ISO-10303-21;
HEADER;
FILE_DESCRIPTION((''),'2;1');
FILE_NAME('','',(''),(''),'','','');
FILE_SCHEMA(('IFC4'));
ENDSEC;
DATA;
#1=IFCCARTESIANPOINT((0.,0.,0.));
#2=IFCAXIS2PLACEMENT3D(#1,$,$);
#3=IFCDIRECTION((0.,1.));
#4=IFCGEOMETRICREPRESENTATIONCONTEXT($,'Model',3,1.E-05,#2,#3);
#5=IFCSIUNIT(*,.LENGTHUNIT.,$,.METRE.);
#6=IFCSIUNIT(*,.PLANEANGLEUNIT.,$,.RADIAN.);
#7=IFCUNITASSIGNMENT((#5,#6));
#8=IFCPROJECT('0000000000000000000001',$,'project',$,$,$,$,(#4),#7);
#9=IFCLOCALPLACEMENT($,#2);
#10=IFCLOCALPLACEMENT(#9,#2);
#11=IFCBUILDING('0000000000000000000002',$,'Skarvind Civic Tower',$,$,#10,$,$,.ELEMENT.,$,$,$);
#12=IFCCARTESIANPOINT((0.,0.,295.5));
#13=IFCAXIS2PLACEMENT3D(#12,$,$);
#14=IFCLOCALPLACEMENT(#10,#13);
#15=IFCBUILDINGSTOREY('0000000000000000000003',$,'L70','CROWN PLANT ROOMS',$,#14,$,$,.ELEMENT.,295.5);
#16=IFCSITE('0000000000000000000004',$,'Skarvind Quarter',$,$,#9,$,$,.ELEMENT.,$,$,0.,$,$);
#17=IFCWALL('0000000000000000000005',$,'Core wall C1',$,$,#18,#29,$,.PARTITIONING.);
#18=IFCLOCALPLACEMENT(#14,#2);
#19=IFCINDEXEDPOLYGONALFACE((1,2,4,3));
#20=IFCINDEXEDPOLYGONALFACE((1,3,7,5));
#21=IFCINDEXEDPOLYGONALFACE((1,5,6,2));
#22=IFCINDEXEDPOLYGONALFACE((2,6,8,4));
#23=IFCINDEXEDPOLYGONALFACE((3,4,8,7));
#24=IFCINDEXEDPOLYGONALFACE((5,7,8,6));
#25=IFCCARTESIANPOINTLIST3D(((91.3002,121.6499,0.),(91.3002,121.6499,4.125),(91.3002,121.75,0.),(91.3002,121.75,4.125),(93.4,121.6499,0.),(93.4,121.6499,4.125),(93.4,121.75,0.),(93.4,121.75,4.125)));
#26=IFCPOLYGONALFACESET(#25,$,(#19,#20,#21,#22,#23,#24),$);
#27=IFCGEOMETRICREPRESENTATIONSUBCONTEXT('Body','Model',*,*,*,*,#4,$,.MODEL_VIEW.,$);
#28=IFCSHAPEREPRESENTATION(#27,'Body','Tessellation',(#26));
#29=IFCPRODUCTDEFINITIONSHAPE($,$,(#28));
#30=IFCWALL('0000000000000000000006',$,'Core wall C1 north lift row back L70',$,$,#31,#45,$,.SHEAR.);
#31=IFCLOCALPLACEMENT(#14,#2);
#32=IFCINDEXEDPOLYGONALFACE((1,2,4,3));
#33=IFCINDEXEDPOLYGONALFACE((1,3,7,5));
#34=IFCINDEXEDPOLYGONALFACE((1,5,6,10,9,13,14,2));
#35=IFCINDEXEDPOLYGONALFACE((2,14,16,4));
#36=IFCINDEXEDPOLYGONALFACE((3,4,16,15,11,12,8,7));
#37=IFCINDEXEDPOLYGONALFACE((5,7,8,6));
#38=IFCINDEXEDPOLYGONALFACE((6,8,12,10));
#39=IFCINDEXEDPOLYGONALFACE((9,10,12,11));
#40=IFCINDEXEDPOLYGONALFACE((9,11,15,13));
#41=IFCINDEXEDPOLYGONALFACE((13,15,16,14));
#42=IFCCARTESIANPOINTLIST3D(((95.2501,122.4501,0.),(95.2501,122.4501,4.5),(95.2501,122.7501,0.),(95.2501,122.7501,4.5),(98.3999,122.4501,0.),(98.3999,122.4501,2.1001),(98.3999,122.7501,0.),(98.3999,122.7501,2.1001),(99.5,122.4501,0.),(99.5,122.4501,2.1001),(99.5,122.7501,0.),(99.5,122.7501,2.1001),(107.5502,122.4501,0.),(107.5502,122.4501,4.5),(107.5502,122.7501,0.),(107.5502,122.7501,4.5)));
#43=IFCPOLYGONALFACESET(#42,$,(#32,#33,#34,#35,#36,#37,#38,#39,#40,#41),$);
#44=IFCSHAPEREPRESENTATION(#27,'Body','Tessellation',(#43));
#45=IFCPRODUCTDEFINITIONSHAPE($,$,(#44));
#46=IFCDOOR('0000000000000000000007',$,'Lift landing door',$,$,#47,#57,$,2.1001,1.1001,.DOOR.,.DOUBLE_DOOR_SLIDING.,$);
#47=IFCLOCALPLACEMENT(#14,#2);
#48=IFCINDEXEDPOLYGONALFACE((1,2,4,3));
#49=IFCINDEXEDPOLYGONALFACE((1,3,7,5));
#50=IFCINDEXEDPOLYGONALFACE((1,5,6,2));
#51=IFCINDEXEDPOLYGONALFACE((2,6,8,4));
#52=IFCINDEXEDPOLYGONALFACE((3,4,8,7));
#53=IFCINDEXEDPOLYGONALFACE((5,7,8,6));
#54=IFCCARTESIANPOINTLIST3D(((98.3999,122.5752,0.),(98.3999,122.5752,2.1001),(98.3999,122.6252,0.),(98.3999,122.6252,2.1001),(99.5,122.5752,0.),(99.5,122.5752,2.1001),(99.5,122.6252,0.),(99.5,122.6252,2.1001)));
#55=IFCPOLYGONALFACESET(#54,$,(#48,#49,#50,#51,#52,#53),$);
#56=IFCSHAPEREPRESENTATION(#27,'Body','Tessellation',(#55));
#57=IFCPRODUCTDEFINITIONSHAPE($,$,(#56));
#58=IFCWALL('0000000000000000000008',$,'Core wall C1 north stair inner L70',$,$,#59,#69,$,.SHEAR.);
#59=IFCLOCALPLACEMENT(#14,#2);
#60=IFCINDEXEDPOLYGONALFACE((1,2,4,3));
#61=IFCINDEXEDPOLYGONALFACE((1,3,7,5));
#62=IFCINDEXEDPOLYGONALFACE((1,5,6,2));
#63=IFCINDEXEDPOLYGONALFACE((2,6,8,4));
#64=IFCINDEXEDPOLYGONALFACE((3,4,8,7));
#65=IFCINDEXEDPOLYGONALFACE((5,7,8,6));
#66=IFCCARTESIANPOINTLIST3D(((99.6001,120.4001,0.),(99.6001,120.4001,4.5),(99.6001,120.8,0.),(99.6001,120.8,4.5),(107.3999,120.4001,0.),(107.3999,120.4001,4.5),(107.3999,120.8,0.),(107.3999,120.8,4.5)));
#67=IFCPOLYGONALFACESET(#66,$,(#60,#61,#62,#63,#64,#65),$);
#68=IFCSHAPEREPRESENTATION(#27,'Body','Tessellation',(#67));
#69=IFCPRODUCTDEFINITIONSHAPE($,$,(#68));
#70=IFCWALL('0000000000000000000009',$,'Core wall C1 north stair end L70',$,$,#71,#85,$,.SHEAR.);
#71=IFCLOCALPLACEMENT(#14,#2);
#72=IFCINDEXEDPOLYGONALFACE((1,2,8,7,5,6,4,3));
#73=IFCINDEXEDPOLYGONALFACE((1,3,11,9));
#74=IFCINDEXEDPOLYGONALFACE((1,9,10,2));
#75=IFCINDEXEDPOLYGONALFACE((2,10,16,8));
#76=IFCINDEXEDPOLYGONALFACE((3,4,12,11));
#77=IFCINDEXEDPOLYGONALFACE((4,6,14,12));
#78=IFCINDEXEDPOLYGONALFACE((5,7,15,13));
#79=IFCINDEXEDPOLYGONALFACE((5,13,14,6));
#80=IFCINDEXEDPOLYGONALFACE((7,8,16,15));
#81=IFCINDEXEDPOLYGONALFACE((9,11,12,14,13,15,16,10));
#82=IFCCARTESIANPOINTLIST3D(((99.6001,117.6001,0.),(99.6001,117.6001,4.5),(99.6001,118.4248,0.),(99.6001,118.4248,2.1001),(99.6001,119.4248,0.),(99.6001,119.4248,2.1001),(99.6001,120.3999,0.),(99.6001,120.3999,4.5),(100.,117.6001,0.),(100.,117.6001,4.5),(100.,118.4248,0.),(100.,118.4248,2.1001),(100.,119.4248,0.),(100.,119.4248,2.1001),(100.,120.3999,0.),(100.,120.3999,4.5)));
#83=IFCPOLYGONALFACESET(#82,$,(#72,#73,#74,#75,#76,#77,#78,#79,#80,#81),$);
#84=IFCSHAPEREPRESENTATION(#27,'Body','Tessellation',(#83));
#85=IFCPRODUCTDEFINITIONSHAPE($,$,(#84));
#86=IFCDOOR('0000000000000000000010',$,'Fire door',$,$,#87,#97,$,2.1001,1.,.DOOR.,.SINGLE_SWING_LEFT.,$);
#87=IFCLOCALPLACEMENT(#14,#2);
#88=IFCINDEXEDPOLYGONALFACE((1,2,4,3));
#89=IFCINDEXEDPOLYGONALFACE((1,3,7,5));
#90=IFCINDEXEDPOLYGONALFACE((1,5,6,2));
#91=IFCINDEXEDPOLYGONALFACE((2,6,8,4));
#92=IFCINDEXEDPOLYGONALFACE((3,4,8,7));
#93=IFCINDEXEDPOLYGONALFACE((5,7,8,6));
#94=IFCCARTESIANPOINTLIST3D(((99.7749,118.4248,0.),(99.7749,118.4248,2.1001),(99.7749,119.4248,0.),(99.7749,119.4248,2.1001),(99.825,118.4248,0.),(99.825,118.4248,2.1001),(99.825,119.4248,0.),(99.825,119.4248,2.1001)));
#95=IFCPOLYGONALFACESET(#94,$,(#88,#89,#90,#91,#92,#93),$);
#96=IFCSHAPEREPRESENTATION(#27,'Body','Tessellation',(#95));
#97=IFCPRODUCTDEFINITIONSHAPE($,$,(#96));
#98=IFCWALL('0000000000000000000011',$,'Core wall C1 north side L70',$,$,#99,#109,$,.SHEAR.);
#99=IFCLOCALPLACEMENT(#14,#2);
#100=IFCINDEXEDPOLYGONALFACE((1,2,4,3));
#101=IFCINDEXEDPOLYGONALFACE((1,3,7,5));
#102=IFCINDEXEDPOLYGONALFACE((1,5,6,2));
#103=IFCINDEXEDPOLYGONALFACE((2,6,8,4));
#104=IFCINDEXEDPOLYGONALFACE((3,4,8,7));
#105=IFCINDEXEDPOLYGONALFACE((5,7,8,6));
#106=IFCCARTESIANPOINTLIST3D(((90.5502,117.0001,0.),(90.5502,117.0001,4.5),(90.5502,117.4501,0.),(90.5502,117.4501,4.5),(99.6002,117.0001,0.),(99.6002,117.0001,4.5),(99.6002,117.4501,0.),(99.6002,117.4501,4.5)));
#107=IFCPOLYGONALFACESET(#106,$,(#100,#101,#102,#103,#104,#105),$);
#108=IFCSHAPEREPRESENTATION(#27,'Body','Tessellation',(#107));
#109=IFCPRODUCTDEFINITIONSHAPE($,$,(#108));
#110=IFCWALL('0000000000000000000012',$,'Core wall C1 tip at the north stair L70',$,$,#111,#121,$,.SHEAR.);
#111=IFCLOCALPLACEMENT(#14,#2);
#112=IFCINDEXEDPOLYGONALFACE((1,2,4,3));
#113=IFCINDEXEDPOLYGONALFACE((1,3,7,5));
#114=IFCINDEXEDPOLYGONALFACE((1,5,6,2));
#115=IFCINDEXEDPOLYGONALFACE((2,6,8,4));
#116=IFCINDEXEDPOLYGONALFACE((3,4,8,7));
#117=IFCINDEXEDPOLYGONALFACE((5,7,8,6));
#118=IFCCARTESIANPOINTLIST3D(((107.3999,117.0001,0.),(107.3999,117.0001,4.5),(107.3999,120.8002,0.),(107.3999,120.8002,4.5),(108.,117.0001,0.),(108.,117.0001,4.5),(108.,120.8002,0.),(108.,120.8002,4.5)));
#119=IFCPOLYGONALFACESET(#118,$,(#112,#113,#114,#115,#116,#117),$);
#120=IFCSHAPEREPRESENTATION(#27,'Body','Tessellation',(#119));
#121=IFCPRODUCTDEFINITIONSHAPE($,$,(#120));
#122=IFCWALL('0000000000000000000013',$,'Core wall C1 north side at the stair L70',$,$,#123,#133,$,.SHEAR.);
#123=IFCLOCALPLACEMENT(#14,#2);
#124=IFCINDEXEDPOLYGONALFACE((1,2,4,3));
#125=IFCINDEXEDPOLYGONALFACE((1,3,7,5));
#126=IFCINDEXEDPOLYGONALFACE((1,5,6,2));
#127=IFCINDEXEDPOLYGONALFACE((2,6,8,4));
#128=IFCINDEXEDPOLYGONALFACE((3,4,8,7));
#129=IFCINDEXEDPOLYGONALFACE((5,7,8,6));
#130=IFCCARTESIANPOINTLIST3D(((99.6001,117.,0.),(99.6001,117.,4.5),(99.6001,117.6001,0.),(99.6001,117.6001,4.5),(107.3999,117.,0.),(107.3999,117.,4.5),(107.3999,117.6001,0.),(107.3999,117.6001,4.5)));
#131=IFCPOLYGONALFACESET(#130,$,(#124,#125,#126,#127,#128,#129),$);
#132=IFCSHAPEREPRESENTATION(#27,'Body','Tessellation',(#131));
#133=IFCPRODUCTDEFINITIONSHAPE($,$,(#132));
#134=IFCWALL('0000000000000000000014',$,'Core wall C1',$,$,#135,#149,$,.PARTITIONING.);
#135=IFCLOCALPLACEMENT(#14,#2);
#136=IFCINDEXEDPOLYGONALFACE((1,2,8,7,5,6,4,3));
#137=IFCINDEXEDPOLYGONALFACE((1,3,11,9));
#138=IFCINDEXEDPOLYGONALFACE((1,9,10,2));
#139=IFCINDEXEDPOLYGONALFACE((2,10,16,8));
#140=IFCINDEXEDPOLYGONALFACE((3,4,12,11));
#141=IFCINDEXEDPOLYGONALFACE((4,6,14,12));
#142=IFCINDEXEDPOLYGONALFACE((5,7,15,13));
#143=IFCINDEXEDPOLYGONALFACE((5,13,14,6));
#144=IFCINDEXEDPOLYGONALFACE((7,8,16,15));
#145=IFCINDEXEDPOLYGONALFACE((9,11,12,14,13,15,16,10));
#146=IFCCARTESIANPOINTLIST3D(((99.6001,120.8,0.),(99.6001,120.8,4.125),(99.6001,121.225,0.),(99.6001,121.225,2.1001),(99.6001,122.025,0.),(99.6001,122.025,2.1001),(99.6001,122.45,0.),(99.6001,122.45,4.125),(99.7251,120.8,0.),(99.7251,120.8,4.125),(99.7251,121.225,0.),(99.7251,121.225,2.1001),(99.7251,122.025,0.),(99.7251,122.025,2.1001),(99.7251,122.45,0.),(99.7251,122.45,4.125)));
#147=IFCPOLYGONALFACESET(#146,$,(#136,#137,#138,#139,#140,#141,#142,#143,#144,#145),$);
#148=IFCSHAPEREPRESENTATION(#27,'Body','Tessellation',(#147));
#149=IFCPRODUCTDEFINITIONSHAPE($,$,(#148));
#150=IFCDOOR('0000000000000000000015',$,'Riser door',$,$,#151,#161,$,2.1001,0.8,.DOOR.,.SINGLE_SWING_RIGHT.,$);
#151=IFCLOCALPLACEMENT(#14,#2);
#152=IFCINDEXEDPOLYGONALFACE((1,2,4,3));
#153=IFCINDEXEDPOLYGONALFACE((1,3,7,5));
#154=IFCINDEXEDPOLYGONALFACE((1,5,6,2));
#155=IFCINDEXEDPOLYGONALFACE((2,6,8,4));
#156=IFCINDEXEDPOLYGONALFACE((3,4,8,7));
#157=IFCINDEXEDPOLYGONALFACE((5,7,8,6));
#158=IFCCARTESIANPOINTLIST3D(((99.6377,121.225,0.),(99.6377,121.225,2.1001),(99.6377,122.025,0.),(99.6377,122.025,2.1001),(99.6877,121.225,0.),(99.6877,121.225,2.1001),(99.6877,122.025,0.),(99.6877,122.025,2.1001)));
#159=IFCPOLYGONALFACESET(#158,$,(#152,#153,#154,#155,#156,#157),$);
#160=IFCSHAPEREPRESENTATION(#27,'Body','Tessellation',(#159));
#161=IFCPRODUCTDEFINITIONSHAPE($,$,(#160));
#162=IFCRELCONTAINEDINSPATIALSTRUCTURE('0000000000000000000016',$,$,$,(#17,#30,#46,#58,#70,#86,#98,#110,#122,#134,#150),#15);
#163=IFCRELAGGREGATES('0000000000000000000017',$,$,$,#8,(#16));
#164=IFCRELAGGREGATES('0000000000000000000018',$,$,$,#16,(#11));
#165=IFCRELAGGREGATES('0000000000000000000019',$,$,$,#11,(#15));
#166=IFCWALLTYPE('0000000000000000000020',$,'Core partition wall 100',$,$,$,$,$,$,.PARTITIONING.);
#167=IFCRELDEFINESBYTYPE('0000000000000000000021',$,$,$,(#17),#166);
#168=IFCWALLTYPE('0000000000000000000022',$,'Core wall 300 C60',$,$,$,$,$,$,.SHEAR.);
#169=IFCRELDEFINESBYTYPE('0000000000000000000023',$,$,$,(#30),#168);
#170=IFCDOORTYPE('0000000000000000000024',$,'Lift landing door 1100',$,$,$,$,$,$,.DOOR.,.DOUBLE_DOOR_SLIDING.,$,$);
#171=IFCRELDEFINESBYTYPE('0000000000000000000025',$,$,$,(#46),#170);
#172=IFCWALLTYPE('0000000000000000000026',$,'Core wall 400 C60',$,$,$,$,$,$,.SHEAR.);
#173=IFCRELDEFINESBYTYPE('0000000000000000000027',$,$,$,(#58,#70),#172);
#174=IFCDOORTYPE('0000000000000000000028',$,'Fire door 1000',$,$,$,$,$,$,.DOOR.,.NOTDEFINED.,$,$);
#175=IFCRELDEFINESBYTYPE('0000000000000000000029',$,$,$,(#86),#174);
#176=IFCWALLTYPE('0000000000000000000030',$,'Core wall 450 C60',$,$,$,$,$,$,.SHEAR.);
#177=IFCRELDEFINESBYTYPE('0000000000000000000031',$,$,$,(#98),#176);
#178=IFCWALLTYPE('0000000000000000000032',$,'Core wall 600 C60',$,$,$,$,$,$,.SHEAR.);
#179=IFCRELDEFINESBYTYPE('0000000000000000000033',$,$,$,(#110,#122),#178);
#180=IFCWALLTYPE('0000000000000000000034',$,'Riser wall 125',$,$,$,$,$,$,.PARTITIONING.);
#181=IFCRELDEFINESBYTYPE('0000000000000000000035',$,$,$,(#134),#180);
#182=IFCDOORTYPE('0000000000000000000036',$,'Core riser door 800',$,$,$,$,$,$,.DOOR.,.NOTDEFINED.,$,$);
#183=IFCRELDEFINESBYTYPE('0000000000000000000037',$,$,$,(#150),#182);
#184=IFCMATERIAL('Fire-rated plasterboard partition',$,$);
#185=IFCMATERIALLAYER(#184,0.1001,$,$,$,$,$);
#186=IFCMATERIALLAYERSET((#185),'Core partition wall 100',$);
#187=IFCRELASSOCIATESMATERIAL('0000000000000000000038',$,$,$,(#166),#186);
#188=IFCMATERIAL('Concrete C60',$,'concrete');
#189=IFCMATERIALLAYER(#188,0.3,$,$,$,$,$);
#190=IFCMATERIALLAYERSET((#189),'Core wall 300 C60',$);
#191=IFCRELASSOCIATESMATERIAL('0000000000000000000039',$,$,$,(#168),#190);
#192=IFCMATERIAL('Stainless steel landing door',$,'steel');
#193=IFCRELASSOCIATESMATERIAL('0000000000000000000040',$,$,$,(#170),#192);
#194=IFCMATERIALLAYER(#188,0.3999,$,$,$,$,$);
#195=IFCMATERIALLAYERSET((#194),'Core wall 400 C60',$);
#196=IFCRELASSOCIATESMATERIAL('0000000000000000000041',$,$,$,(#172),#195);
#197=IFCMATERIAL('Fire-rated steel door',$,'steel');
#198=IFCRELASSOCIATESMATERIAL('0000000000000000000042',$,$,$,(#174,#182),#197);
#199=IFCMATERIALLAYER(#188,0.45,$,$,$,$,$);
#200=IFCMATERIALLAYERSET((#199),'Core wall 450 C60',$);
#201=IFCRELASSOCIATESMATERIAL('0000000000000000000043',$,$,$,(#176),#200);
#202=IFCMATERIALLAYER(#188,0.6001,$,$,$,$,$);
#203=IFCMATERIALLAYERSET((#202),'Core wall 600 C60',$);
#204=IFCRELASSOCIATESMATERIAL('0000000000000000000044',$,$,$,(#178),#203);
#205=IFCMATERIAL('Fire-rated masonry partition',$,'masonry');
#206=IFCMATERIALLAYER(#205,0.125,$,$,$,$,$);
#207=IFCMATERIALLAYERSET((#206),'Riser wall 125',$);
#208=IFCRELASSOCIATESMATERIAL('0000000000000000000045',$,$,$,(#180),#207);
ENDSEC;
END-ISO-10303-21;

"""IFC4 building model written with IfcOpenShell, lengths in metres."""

from ifc_helpers import new_model, si_unit, direction, frame, frame_2d, origin, place, context, subcontext, project, spatial, rectangle, extrude, material, layer, layer_set, type_object, element, fill, save


model = new_model("IFC4")

# Units and contexts
model_context = context("Model", 3, precision=1e-05, world=origin(), true_north=direction((0.0, 1.0)))
body_context = subcontext(model_context, "Body", "Model", "MODEL_VIEW")
ifc_project = project(units=[si_unit("LENGTHUNIT", "METRE"), si_unit("PLANEANGLEUNIT", "RADIAN")], contexts=[model_context])

# Site, building, storey
site_placement = place(None, origin())
site = spatial("IfcSite", under=ifc_project, at=site_placement, Name="Skarvind Quarter", CompositionType="ELEMENT", RefElevation=0.0)
building_placement = place(site_placement, origin())
building = spatial("IfcBuilding", under=site, at=building_placement, Name="Skarvind Civic Tower", CompositionType="ELEMENT")
storey_placement = place(building_placement, frame((0.0, 0.0, 295.5)))
storey = spatial("IfcBuildingStorey", under=building, at=storey_placement, Name="L70", Description="CROWN PLANT ROOMS", CompositionType="ELEMENT", Elevation=295.5)

# Shared definitions
ifc_material_1 = material(Name="Concrete C60", Category="concrete")

# Shared definitions
ifc_material_2 = material(Name="Fire-rated masonry partition", Category="masonry")
ifc_material_3 = material(Name="Fire-rated steel door", Category="steel")

# Wall
ifc_material_4 = material(Name="Fire-rated plasterboard partition")
ifc_layer_1 = layer(ifc_material_4, 0.1001)
ifc_layer_set_1 = layer_set([ifc_layer_1], Name="Core partition wall 100")
wall_type_1 = type_object("IfcWallType", Name="Core partition wall 100", PredefinedType="PARTITIONING", material=ifc_layer_set_1)
wall_1_placement = place(storey_placement, frame((93.3999, 121.7, 0.0), z_axis=(0.0, 0.0, 1.0), x_axis=(-1.0, 0.0, 0.0)))
element("IfcWall", 1, at=wall_1_placement, inside=storey, type_object=wall_type_1, Name="Core wall C1", PredefinedType="PARTITIONING", context=body_context, shape_type="SweptSolid", body=[
    extrude(rectangle(XDim=2.0999, YDim=0.1001, at=frame_2d((1.0498, 0.0))), origin(), (0.0, 0.0, 1.0), 4.125),
])

# Wall, opening, door
ifc_layer_2 = layer(ifc_material_1, 0.3)
ifc_layer_set_2 = layer_set([ifc_layer_2], Name="Core wall 300 C60")
wall_type_2 = type_object("IfcWallType", Name="Core wall 300 C60", PredefinedType="SHEAR", material=ifc_layer_set_2)
wall_2_placement = place(storey_placement, frame((107.55, 122.6001, 0.0), z_axis=(0.0, 0.0, 1.0), x_axis=(-1.0, 0.0, 0.0)))
wall_2 = element("IfcWall", 2, at=wall_2_placement, inside=storey, type_object=wall_type_2, Name="Core wall C1 north lift row back L70", PredefinedType="SHEAR", context=body_context, shape_type="SweptSolid", body=[
    extrude(rectangle(XDim=12.3, YDim=0.3, at=frame_2d((6.1499, 0.0))), origin(), (0.0, 0.0, 1.0), 4.5),
])
opening_1_placement = place(wall_2_placement, frame((8.05, 0.0, 0.0)))
opening_1 = element("IfcOpeningElement", 3, at=opening_1_placement, cuts=wall_2, PredefinedType="OPENING", context=body_context, shape_type="SweptSolid", body=[
    extrude(rectangle(XDim=1.1001, YDim=2.1001, at=frame_2d((0.55, 1.05))), frame((0.0, 0.1599, 0.0), z_axis=(0.0, -1.0, 0.0), x_axis=(1.0, 0.0, 0.0)), (0.0, 0.0, 1.0), 0.3201),
])
ifc_material_5 = material(Name="Stainless steel landing door", Category="steel")
door_type_1 = type_object("IfcDoorType", Name="Lift landing door 1100", OperationType="DOUBLE_DOOR_SLIDING", PredefinedType="DOOR", material=ifc_material_5)
door_1_placement = place(opening_1_placement, origin())
door_1 = element("IfcDoor", 4, at=door_1_placement, inside=storey, type_object=door_type_1, Name="Lift landing door", OperationType="DOUBLE_DOOR_SLIDING", OverallHeight=2.1001, OverallWidth=1.1001, PredefinedType="DOOR", context=body_context, shape_type="SweptSolid", body=[
    extrude(rectangle(XDim=1.1001, YDim=2.1001, at=frame_2d((0.55, 1.05))), frame((0.0, 0.0249, 0.0), z_axis=(0.0, -1.0, 0.0), x_axis=(1.0, 0.0, 0.0)), (0.0, 0.0, 1.0), 0.05),
])
fill(opening_1, door_1)

# Wall
ifc_layer_3 = layer(ifc_material_1, 0.3999)
ifc_layer_set_3 = layer_set([ifc_layer_3], Name="Core wall 400 C60")
wall_type_3 = type_object("IfcWallType", Name="Core wall 400 C60", PredefinedType="SHEAR", material=ifc_layer_set_3)
wall_3_placement = place(storey_placement, frame((107.3999, 120.6001, 0.0), z_axis=(0.0, 0.0, 1.0), x_axis=(-1.0, 0.0, 0.0)))
element("IfcWall", 5, at=wall_3_placement, inside=storey, type_object=wall_type_3, Name="Core wall C1 north stair inner L70", PredefinedType="SHEAR", context=body_context, shape_type="SweptSolid", body=[
    extrude(rectangle(XDim=7.7998, YDim=0.3999, at=frame_2d((3.8999, 0.0))), origin(), (0.0, 0.0, 1.0), 4.5),
])

# Wall, opening, door
wall_4_placement = place(storey_placement, frame((99.8, 120.3999, 0.0), z_axis=(0.0, 0.0, 1.0), x_axis=(0.0, -1.0, 0.0)))
wall_4 = element("IfcWall", 6, at=wall_4_placement, inside=storey, type_object=wall_type_3, Name="Core wall C1 north stair end L70", PredefinedType="SHEAR", context=body_context, shape_type="SweptSolid", body=[
    extrude(rectangle(XDim=2.7998, YDim=0.3999, at=frame_2d((1.3999, 0.0))), origin(), (0.0, 0.0, 1.0), 4.5),
])
opening_2_placement = place(wall_4_placement, frame((0.9751, 0.0, 0.0)))
opening_2 = element("IfcOpeningElement", 7, at=opening_2_placement, cuts=wall_4, PredefinedType="OPENING", context=body_context, shape_type="SweptSolid", body=[
    extrude(rectangle(XDim=1.0, YDim=2.1001, at=frame_2d((0.5, 1.05))), frame((0.0, 0.21, 0.0), z_axis=(0.0, -1.0, 0.0), x_axis=(1.0, 0.0, 0.0)), (0.0, 0.0, 1.0), 0.4199),
])
door_type_2 = type_object("IfcDoorType", Name="Fire door 1000", OperationType="NOTDEFINED", PredefinedType="DOOR", material=ifc_material_3)
door_2_placement = place(opening_2_placement, origin())
door_2 = element("IfcDoor", 8, at=door_2_placement, inside=storey, type_object=door_type_2, Name="Fire door", OperationType="SINGLE_SWING_LEFT", OverallHeight=2.1001, OverallWidth=1.0, PredefinedType="DOOR", context=body_context, shape_type="SweptSolid", body=[
    extrude(rectangle(XDim=1.0, YDim=2.1001, at=frame_2d((0.5, 1.05))), frame((0.0, 0.0249, 0.0), z_axis=(0.0, -1.0, 0.0), x_axis=(1.0, 0.0, 0.0)), (0.0, 0.0, 1.0), 0.05),
])
fill(opening_2, door_2)

# Walls
ifc_layer_4 = layer(ifc_material_1, 0.45)
ifc_layer_set_4 = layer_set([ifc_layer_4], Name="Core wall 450 C60")
wall_type_4 = type_object("IfcWallType", Name="Core wall 450 C60", PredefinedType="SHEAR", material=ifc_layer_set_4)
wall_5_placement = place(storey_placement, frame((99.6001, 117.2251, 0.0), z_axis=(0.0, 0.0, 1.0), x_axis=(-1.0, 0.0, 0.0)))
element("IfcWall", 9, at=wall_5_placement, inside=storey, type_object=wall_type_4, Name="Core wall C1 north side L70", PredefinedType="SHEAR", context=body_context, shape_type="SweptSolid", body=[
    extrude(rectangle(XDim=9.05, YDim=0.45, at=frame_2d((4.5249, 0.0))), origin(), (0.0, 0.0, 1.0), 4.5),
])
ifc_layer_5 = layer(ifc_material_1, 0.6001)
ifc_layer_set_5 = layer_set([ifc_layer_5], Name="Core wall 600 C60")
wall_type_5 = type_object("IfcWallType", Name="Core wall 600 C60", PredefinedType="SHEAR", material=ifc_layer_set_5)
wall_6_placement = place(storey_placement, frame((107.7, 120.8, 0.0), z_axis=(0.0, 0.0, 1.0), x_axis=(0.0, -1.0, 0.0)))
element("IfcWall", 10, at=wall_6_placement, inside=storey, type_object=wall_type_5, Name="Core wall C1 tip at the north stair L70", PredefinedType="SHEAR", context=body_context, shape_type="SweptSolid", body=[
    extrude(rectangle(XDim=3.8, YDim=0.6001, at=frame_2d((1.8999, 0.0))), origin(), (0.0, 0.0, 1.0), 4.5),
])
wall_7_placement = place(storey_placement, frame((107.3999, 117.3, 0.0), z_axis=(0.0, 0.0, 1.0), x_axis=(-1.0, 0.0, 0.0)))
element("IfcWall", 11, at=wall_7_placement, inside=storey, type_object=wall_type_5, Name="Core wall C1 north side at the stair L70", PredefinedType="SHEAR", context=body_context, shape_type="SweptSolid", body=[
    extrude(rectangle(XDim=7.7998, YDim=0.6001, at=frame_2d((3.8999, 0.0))), origin(), (0.0, 0.0, 1.0), 4.5),
])

# Wall, opening, door
ifc_layer_6 = layer(ifc_material_2, 0.125)
ifc_layer_set_6 = layer_set([ifc_layer_6], Name="Riser wall 125")
wall_type_6 = type_object("IfcWallType", Name="Riser wall 125", PredefinedType="PARTITIONING", material=ifc_layer_set_6)
wall_8_placement = place(storey_placement, frame((99.6626, 120.8, 0.0), z_axis=(0.0, 0.0, 1.0), x_axis=(0.0, 1.0, 0.0)))
wall_8 = element("IfcWall", 12, at=wall_8_placement, inside=storey, type_object=wall_type_6, Name="Core wall C1", PredefinedType="PARTITIONING", context=body_context, shape_type="SweptSolid", body=[
    extrude(rectangle(XDim=1.6499, YDim=0.125, at=frame_2d((0.825, 0.0))), origin(), (0.0, 0.0, 1.0), 4.125),
])
opening_3_placement = place(wall_8_placement, frame((0.425, 0.0, 0.0)))
opening_3 = element("IfcOpeningElement", 13, at=opening_3_placement, cuts=wall_8, PredefinedType="OPENING", context=body_context, shape_type="SweptSolid", body=[
    extrude(rectangle(XDim=0.8, YDim=2.1001, at=frame_2d((0.3999, 1.05))), frame((0.0, 0.0725, 0.0), z_axis=(0.0, -1.0, 0.0), x_axis=(1.0, 0.0, 0.0)), (0.0, 0.0, 1.0), 0.145),
])
door_type_3 = type_object("IfcDoorType", Name="Core riser door 800", OperationType="NOTDEFINED", PredefinedType="DOOR", material=ifc_material_3)
door_3_placement = place(opening_3_placement, origin())
door_3 = element("IfcDoor", 14, at=door_3_placement, inside=storey, type_object=door_type_3, Name="Riser door", OperationType="SINGLE_SWING_RIGHT", OverallHeight=2.1001, OverallWidth=0.8, PredefinedType="DOOR", context=body_context, shape_type="SweptSolid", body=[
    extrude(rectangle(XDim=0.8, YDim=2.1001, at=frame_2d((0.3999, 1.05))), frame((0.0, 0.0249, 0.0), z_axis=(0.0, -1.0, 0.0), x_axis=(1.0, 0.0, 0.0)), (0.0, 0.0, 1.0), 0.05),
])
fill(opening_3, door_3)

save(model, "model.ifc")
